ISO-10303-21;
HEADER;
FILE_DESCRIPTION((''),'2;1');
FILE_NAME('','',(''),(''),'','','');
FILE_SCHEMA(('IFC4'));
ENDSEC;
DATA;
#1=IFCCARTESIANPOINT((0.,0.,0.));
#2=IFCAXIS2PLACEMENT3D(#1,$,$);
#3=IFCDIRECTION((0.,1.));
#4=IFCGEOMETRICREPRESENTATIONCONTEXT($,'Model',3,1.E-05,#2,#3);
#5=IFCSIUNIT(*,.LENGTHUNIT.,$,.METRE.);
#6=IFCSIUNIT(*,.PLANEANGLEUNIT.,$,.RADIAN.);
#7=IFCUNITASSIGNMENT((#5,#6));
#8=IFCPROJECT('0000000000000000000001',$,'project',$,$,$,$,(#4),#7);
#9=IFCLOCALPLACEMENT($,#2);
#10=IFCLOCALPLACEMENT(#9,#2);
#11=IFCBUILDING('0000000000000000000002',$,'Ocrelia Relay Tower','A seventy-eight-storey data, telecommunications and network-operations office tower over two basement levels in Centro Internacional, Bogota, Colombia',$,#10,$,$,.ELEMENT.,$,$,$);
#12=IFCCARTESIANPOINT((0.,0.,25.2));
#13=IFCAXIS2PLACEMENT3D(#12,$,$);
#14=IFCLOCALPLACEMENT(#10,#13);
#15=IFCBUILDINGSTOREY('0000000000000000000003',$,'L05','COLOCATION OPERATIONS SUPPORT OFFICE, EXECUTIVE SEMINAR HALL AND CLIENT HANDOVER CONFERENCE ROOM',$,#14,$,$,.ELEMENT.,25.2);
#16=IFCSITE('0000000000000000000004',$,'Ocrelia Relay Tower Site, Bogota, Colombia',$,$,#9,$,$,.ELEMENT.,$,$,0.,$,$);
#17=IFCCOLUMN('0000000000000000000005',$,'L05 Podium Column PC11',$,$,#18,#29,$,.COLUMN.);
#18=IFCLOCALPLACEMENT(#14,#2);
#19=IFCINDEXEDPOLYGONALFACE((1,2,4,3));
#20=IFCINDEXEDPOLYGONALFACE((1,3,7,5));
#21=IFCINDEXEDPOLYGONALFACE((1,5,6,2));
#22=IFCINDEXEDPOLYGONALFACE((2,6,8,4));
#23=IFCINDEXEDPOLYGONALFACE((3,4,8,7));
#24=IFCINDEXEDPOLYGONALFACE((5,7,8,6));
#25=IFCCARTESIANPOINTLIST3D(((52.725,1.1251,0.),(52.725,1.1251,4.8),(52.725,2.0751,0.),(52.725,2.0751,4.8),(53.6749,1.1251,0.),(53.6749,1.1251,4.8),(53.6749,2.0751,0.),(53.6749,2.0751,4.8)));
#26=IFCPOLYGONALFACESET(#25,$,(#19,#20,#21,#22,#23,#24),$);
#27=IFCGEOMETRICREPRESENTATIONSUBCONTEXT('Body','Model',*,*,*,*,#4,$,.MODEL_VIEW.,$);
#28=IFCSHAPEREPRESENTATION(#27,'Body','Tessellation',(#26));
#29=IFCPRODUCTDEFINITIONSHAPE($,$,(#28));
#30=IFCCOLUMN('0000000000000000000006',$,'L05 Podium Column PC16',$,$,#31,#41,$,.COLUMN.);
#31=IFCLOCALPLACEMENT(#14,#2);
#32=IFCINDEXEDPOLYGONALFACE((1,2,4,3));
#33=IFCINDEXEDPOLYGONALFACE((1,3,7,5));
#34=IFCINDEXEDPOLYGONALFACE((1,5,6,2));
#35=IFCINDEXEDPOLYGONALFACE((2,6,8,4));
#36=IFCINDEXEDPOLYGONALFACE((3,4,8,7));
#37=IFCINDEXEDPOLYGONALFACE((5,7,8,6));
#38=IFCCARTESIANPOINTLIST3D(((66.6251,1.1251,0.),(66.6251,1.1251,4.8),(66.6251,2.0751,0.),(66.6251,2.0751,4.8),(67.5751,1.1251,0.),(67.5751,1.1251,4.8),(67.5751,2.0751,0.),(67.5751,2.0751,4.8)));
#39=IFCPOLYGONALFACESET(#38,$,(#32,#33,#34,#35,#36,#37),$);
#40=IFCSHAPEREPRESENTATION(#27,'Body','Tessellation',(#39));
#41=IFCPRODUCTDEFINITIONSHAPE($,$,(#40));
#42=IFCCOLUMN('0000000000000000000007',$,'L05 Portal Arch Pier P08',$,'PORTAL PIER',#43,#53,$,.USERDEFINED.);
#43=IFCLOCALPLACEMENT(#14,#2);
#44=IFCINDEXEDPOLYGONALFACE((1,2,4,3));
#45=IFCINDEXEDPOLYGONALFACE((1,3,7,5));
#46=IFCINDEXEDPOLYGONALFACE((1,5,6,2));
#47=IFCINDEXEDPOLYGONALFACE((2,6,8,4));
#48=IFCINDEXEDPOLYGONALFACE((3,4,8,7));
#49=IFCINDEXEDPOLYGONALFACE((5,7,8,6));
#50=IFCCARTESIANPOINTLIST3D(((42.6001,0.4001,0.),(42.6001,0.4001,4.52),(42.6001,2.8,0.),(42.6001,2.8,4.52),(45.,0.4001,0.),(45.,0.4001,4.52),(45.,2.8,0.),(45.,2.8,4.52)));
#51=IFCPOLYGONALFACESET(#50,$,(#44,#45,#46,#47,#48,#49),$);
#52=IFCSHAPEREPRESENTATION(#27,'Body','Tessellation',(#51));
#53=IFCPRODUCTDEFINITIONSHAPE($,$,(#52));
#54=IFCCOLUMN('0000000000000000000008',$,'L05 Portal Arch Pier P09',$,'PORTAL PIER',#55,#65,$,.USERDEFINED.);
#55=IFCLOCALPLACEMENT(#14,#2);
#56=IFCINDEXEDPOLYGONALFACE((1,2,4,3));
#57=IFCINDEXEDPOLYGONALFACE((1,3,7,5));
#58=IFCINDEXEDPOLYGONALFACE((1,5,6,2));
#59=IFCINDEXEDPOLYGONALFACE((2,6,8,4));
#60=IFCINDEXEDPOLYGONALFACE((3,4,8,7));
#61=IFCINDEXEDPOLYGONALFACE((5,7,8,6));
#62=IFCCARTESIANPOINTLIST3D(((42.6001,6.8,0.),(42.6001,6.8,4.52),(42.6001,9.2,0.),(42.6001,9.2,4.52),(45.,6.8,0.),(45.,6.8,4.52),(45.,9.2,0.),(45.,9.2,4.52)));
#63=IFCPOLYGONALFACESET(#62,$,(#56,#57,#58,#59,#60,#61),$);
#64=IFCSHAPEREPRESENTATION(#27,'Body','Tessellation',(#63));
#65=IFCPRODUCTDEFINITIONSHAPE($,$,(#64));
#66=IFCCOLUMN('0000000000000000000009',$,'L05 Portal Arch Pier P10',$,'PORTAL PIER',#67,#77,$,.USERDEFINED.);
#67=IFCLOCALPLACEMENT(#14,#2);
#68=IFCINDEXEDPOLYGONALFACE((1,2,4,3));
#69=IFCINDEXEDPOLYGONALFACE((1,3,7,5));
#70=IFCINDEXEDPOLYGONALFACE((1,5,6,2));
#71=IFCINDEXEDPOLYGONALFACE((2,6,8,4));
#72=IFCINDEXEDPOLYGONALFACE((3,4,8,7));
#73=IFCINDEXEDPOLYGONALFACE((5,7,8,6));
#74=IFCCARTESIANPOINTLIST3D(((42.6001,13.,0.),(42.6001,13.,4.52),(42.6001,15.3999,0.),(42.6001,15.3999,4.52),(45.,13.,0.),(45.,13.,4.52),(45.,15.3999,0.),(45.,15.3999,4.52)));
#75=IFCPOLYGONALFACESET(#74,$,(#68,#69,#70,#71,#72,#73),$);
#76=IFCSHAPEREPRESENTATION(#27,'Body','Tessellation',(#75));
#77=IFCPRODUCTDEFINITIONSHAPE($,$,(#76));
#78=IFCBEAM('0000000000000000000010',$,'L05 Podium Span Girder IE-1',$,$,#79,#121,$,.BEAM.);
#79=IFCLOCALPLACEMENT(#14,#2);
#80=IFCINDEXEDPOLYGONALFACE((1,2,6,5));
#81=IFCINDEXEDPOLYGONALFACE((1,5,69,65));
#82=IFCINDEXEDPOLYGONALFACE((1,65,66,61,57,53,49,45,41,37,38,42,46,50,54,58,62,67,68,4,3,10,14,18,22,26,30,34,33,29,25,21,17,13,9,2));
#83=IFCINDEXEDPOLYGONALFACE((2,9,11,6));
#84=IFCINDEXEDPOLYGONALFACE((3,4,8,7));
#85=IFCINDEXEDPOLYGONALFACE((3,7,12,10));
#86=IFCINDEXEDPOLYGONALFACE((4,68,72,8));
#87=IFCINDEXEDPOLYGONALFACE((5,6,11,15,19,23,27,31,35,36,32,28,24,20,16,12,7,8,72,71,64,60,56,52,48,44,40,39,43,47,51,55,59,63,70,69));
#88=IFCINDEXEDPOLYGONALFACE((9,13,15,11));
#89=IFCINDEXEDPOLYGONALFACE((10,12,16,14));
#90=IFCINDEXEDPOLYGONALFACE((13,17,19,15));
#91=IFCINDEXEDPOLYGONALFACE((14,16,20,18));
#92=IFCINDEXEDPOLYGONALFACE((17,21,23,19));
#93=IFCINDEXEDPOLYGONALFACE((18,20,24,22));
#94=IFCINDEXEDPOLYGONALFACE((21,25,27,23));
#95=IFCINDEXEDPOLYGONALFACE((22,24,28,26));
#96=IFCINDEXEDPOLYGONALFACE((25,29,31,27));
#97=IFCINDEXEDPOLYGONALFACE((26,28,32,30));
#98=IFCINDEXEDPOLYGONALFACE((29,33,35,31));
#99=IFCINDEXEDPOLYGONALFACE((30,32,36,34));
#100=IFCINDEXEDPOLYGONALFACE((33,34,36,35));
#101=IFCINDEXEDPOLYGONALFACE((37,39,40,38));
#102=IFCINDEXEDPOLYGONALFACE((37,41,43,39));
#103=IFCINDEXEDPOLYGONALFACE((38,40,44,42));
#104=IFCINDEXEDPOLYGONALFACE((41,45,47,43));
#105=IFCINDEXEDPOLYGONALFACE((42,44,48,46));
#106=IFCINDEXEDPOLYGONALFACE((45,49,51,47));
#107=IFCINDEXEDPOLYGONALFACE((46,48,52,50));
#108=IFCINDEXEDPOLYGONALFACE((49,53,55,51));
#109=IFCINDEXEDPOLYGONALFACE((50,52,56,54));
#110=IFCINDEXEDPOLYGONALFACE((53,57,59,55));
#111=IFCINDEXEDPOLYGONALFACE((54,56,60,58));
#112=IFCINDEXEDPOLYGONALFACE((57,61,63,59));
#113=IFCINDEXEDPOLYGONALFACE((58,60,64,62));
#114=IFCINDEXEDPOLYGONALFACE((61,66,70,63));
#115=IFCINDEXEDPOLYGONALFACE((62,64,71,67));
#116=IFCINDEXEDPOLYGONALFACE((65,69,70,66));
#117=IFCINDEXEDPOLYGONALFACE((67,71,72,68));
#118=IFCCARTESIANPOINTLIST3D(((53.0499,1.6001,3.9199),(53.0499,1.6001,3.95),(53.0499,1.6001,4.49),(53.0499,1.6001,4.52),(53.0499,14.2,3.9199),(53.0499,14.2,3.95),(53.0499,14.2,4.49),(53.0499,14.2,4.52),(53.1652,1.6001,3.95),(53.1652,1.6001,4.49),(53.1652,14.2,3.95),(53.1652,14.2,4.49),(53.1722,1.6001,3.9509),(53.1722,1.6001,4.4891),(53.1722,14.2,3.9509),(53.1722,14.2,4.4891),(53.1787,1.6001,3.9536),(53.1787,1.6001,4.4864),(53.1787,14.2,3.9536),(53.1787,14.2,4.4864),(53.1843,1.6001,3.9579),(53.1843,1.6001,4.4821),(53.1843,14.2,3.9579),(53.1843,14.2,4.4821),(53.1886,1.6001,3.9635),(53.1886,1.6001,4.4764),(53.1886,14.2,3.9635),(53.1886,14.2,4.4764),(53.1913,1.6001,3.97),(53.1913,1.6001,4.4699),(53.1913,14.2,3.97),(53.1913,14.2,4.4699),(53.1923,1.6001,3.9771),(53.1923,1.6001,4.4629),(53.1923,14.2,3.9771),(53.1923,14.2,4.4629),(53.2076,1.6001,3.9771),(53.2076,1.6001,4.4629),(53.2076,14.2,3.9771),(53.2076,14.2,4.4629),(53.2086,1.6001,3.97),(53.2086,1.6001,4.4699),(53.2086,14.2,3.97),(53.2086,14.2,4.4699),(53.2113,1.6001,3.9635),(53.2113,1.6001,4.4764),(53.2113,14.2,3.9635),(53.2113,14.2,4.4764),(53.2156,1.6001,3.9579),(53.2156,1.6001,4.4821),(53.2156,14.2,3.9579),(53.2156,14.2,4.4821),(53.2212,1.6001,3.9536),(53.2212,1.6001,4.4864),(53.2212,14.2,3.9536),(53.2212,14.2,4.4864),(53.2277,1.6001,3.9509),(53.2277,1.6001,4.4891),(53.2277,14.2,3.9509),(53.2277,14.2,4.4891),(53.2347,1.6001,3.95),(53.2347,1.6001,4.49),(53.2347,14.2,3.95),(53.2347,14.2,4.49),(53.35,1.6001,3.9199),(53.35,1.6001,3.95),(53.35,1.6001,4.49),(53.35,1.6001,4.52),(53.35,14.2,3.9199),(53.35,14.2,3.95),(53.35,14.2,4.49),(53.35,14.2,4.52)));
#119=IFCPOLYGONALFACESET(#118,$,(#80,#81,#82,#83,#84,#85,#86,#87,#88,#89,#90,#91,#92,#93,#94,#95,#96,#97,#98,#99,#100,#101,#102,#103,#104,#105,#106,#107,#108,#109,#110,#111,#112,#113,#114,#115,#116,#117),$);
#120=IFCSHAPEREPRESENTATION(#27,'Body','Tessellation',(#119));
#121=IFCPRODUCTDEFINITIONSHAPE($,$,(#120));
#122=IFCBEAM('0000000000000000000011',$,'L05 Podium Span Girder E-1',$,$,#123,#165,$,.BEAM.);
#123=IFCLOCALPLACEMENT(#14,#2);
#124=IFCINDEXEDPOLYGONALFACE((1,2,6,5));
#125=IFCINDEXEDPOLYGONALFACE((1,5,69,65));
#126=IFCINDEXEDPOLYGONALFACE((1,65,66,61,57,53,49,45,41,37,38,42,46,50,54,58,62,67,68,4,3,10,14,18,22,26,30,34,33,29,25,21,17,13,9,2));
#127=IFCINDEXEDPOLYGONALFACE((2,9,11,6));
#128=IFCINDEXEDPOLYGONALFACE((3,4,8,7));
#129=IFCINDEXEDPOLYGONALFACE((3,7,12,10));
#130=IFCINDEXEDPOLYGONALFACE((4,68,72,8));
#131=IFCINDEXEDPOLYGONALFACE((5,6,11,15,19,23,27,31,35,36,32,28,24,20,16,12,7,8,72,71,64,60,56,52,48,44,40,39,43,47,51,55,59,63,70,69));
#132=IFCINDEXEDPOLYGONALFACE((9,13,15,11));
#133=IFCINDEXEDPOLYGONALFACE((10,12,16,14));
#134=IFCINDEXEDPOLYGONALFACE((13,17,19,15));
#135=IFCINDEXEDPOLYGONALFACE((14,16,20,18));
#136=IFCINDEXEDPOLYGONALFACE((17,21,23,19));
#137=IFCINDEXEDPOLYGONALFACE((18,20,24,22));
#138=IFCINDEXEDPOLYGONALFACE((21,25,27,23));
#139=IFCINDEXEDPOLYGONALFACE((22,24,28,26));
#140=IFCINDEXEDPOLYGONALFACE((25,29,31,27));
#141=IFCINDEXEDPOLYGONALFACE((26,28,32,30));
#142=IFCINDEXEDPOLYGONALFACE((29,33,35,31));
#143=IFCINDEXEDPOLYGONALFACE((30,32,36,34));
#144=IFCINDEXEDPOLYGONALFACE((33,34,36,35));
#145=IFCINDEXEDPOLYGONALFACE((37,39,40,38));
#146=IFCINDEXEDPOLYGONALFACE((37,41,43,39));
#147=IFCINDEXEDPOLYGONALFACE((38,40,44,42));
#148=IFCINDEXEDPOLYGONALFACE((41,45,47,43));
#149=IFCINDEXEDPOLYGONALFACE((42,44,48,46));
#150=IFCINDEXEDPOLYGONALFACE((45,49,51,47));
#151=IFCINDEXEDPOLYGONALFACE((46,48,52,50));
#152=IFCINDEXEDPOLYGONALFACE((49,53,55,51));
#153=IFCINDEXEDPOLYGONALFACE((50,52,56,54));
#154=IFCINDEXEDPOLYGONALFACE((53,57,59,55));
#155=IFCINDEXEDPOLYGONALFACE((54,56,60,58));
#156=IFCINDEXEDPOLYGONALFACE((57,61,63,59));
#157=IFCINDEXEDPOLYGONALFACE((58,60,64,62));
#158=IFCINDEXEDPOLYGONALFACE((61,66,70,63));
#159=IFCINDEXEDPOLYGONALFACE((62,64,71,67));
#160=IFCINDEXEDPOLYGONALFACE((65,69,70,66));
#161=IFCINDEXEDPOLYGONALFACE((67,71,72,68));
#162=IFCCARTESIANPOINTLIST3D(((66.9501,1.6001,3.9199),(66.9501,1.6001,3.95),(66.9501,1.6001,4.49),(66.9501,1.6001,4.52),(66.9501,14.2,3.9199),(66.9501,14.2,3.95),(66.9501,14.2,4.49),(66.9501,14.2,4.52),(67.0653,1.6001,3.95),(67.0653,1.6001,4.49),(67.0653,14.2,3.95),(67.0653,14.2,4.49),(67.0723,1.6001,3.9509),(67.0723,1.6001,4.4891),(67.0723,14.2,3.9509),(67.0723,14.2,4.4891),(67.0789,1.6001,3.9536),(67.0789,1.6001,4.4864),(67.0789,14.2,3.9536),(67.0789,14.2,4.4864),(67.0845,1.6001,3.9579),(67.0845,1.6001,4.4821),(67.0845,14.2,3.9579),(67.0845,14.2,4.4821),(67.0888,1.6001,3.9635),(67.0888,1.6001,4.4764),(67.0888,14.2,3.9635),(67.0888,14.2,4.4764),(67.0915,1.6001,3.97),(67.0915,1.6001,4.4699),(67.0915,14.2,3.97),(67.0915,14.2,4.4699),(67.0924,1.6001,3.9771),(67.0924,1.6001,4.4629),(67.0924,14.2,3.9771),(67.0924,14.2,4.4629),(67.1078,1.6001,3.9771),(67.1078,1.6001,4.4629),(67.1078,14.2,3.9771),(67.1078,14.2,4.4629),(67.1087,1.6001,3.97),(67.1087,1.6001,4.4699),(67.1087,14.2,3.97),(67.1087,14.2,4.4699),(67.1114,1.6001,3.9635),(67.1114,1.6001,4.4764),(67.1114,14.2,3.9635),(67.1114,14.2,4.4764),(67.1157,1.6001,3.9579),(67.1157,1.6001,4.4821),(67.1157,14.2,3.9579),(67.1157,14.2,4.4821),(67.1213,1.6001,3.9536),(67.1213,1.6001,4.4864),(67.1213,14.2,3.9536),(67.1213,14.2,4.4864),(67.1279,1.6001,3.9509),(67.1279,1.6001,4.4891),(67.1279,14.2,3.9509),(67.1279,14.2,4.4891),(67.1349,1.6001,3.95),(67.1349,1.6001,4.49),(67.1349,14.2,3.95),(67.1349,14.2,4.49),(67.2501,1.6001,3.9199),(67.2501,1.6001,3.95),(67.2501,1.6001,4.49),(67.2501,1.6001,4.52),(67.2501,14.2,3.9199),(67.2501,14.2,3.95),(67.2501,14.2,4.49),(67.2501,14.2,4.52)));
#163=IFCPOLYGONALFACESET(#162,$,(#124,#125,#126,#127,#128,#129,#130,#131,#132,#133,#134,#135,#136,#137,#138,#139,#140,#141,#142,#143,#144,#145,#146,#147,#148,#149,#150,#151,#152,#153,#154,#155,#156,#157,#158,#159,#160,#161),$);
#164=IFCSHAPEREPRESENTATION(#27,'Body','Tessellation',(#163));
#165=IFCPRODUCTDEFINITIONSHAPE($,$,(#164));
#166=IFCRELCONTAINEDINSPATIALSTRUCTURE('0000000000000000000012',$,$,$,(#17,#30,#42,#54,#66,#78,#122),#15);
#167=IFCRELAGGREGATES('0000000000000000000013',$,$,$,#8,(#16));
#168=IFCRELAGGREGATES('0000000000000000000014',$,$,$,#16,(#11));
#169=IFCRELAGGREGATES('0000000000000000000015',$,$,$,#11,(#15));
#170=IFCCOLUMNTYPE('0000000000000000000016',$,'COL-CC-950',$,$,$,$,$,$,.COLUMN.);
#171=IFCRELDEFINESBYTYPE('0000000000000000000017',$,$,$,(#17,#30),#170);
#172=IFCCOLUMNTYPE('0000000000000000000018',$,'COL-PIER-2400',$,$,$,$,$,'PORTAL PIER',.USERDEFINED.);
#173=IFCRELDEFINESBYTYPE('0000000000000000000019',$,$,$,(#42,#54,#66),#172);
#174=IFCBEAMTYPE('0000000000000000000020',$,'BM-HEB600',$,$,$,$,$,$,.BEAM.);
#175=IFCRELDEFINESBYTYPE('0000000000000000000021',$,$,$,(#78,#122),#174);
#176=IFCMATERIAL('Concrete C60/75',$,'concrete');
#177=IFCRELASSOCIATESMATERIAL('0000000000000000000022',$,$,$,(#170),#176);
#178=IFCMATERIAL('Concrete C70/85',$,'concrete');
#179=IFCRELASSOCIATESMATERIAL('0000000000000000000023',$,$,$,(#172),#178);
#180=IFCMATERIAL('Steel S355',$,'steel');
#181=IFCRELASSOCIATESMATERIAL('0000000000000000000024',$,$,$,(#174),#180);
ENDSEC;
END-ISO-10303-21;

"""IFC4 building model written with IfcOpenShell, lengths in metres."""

from ifc_helpers import new_model, si_unit, direction, frame, origin, origin_2d, place, context, subcontext, project, spatial, rectangle, i_section, extrude, material, material_profile, profile_set, type_object, element, save


model = new_model("IFC4")

# Units and contexts
model_context = context("Model", 3, precision=1e-05, world=origin(), true_north=direction((0.0, 1.0)))
body_context = subcontext(model_context, "Body", "Model", "MODEL_VIEW")
ifc_project = project(units=[si_unit("LENGTHUNIT", "METRE"), si_unit("PLANEANGLEUNIT", "RADIAN")], contexts=[model_context])

# Site, building, storey
site_placement = place(None, origin())
site = spatial("IfcSite", under=ifc_project, at=site_placement, Name="Ocrelia Relay Tower Site, Bogota, Colombia", CompositionType="ELEMENT", RefElevation=0.0)
building_placement = place(site_placement, origin())
building = spatial("IfcBuilding", under=site, at=building_placement, Name="Ocrelia Relay Tower", Description="A seventy-eight-storey data, telecommunications and network-operations office tower over two basement levels in Centro Internacional, Bogota, Colombia", CompositionType="ELEMENT")
storey_placement = place(building_placement, frame((0.0, 0.0, 25.2)))
storey = spatial("IfcBuildingStorey", under=building, at=storey_placement, Name="L05", Description="COLOCATION OPERATIONS SUPPORT OFFICE, EXECUTIVE SEMINAR HALL AND CLIENT HANDOVER CONFERENCE ROOM", CompositionType="ELEMENT", Elevation=25.2)

# Columns
ifc_material_1 = material(Name="Concrete C60/75", Category="concrete")
ifc_material_profile_1 = material_profile(ifc_material_1, rectangle(XDim=0.95, YDim=0.95, at=origin_2d()), Name="RC-COL-950x950")
ifc_profile_set_1 = profile_set([ifc_material_profile_1], Name="Concrete C60/75")
column_type_1 = type_object("IfcColumnType", Name="COL-CC-950", PredefinedType="COLUMN", material=ifc_profile_set_1)
for number, where, z_axis, x_axis, name in (
    (1, (53.2, 1.6001, 0.0), (0.0, 0.0, 1.0), (1.0, 0.0, 0.0), "L05 Podium Column PC11"),
    (2, (67.1001, 1.6001, 0.0), (0.0, 0.0, 1.0), (1.0, 0.0, 0.0), "L05 Podium Column PC16"),
):
    element("IfcColumn", number, at=place(storey_placement, frame(where, z_axis=z_axis, x_axis=x_axis)), inside=storey, type_object=column_type_1, Name=name, PredefinedType="COLUMN", context=body_context, shape_type="SweptSolid", body=[
        extrude(rectangle(XDim=0.95, YDim=0.95, at=origin_2d()), origin(), (0.0, 0.0, 1.0), 4.8),
    ])
ifc_material_2 = material(Name="Concrete C70/85", Category="concrete")
ifc_material_profile_2 = material_profile(ifc_material_2, rectangle(XDim=2.3999, YDim=2.3999, at=origin_2d()), Name="RC-PIER-2400x2400")
ifc_profile_set_2 = profile_set([ifc_material_profile_2], Name="Concrete C70/85")
column_type_2 = type_object("IfcColumnType", Name="COL-PIER-2400", ElementType="PORTAL PIER", PredefinedType="USERDEFINED", material=ifc_profile_set_2)
for number, where, z_axis, x_axis, name in (
    (3, (43.8, 1.6001, 0.0), (0.0, 0.0, 1.0), (1.0, 0.0, 0.0), "L05 Portal Arch Pier P08"),
    (4, (43.8, 8.0, 0.0), (0.0, 0.0, 1.0), (1.0, 0.0, 0.0), "L05 Portal Arch Pier P09"),
    (5, (43.8, 14.2, 0.0), (0.0, 0.0, 1.0), (1.0, 0.0, 0.0), "L05 Portal Arch Pier P10"),
):
    element("IfcColumn", number, at=place(storey_placement, frame(where, z_axis=z_axis, x_axis=x_axis)), inside=storey, type_object=column_type_2, Name=name, ObjectType="PORTAL PIER", PredefinedType="USERDEFINED", context=body_context, shape_type="SweptSolid", body=[
        extrude(rectangle(XDim=2.3999, YDim=2.3999, at=origin_2d()), origin(), (0.0, 0.0, 1.0), 4.52),
    ])

# Beams
ifc_material_3 = material(Name="Steel S355", Category="steel")
ifc_material_profile_3 = material_profile(ifc_material_3, i_section(OverallWidth=0.3, OverallDepth=0.6001, WebThickness=0.0154, FlangeThickness=0.03, FilletRadius=0.0271, at=origin_2d()), Name="HEB 600")
ifc_profile_set_3 = profile_set([ifc_material_profile_3], Name="Steel S355")
beam_type_1 = type_object("IfcBeamType", Name="BM-HEB600", PredefinedType="BEAM", material=ifc_profile_set_3)
for number, where, z_axis, x_axis, name in (
    (6, (53.2, 1.6001, 4.22), (0.0, 1.0, 0.0), (-1.0, 0.0, 0.0), "L05 Podium Span Girder IE-1"),
    (7, (67.1001, 1.6001, 4.22), (0.0, 1.0, 0.0), (-1.0, 0.0, 0.0), "L05 Podium Span Girder E-1"),
):
    element("IfcBeam", number, at=place(storey_placement, frame(where, z_axis=z_axis, x_axis=x_axis)), inside=storey, type_object=beam_type_1, Name=name, PredefinedType="BEAM", context=body_context, shape_type="SweptSolid", body=[
        extrude(i_section(OverallWidth=0.3, OverallDepth=0.6001, WebThickness=0.0154, FlangeThickness=0.03, FilletRadius=0.0271, at=origin_2d()), origin(), (0.0, 0.0, 1.0), 12.5999),
    ])

save(model, "model.ifc")
